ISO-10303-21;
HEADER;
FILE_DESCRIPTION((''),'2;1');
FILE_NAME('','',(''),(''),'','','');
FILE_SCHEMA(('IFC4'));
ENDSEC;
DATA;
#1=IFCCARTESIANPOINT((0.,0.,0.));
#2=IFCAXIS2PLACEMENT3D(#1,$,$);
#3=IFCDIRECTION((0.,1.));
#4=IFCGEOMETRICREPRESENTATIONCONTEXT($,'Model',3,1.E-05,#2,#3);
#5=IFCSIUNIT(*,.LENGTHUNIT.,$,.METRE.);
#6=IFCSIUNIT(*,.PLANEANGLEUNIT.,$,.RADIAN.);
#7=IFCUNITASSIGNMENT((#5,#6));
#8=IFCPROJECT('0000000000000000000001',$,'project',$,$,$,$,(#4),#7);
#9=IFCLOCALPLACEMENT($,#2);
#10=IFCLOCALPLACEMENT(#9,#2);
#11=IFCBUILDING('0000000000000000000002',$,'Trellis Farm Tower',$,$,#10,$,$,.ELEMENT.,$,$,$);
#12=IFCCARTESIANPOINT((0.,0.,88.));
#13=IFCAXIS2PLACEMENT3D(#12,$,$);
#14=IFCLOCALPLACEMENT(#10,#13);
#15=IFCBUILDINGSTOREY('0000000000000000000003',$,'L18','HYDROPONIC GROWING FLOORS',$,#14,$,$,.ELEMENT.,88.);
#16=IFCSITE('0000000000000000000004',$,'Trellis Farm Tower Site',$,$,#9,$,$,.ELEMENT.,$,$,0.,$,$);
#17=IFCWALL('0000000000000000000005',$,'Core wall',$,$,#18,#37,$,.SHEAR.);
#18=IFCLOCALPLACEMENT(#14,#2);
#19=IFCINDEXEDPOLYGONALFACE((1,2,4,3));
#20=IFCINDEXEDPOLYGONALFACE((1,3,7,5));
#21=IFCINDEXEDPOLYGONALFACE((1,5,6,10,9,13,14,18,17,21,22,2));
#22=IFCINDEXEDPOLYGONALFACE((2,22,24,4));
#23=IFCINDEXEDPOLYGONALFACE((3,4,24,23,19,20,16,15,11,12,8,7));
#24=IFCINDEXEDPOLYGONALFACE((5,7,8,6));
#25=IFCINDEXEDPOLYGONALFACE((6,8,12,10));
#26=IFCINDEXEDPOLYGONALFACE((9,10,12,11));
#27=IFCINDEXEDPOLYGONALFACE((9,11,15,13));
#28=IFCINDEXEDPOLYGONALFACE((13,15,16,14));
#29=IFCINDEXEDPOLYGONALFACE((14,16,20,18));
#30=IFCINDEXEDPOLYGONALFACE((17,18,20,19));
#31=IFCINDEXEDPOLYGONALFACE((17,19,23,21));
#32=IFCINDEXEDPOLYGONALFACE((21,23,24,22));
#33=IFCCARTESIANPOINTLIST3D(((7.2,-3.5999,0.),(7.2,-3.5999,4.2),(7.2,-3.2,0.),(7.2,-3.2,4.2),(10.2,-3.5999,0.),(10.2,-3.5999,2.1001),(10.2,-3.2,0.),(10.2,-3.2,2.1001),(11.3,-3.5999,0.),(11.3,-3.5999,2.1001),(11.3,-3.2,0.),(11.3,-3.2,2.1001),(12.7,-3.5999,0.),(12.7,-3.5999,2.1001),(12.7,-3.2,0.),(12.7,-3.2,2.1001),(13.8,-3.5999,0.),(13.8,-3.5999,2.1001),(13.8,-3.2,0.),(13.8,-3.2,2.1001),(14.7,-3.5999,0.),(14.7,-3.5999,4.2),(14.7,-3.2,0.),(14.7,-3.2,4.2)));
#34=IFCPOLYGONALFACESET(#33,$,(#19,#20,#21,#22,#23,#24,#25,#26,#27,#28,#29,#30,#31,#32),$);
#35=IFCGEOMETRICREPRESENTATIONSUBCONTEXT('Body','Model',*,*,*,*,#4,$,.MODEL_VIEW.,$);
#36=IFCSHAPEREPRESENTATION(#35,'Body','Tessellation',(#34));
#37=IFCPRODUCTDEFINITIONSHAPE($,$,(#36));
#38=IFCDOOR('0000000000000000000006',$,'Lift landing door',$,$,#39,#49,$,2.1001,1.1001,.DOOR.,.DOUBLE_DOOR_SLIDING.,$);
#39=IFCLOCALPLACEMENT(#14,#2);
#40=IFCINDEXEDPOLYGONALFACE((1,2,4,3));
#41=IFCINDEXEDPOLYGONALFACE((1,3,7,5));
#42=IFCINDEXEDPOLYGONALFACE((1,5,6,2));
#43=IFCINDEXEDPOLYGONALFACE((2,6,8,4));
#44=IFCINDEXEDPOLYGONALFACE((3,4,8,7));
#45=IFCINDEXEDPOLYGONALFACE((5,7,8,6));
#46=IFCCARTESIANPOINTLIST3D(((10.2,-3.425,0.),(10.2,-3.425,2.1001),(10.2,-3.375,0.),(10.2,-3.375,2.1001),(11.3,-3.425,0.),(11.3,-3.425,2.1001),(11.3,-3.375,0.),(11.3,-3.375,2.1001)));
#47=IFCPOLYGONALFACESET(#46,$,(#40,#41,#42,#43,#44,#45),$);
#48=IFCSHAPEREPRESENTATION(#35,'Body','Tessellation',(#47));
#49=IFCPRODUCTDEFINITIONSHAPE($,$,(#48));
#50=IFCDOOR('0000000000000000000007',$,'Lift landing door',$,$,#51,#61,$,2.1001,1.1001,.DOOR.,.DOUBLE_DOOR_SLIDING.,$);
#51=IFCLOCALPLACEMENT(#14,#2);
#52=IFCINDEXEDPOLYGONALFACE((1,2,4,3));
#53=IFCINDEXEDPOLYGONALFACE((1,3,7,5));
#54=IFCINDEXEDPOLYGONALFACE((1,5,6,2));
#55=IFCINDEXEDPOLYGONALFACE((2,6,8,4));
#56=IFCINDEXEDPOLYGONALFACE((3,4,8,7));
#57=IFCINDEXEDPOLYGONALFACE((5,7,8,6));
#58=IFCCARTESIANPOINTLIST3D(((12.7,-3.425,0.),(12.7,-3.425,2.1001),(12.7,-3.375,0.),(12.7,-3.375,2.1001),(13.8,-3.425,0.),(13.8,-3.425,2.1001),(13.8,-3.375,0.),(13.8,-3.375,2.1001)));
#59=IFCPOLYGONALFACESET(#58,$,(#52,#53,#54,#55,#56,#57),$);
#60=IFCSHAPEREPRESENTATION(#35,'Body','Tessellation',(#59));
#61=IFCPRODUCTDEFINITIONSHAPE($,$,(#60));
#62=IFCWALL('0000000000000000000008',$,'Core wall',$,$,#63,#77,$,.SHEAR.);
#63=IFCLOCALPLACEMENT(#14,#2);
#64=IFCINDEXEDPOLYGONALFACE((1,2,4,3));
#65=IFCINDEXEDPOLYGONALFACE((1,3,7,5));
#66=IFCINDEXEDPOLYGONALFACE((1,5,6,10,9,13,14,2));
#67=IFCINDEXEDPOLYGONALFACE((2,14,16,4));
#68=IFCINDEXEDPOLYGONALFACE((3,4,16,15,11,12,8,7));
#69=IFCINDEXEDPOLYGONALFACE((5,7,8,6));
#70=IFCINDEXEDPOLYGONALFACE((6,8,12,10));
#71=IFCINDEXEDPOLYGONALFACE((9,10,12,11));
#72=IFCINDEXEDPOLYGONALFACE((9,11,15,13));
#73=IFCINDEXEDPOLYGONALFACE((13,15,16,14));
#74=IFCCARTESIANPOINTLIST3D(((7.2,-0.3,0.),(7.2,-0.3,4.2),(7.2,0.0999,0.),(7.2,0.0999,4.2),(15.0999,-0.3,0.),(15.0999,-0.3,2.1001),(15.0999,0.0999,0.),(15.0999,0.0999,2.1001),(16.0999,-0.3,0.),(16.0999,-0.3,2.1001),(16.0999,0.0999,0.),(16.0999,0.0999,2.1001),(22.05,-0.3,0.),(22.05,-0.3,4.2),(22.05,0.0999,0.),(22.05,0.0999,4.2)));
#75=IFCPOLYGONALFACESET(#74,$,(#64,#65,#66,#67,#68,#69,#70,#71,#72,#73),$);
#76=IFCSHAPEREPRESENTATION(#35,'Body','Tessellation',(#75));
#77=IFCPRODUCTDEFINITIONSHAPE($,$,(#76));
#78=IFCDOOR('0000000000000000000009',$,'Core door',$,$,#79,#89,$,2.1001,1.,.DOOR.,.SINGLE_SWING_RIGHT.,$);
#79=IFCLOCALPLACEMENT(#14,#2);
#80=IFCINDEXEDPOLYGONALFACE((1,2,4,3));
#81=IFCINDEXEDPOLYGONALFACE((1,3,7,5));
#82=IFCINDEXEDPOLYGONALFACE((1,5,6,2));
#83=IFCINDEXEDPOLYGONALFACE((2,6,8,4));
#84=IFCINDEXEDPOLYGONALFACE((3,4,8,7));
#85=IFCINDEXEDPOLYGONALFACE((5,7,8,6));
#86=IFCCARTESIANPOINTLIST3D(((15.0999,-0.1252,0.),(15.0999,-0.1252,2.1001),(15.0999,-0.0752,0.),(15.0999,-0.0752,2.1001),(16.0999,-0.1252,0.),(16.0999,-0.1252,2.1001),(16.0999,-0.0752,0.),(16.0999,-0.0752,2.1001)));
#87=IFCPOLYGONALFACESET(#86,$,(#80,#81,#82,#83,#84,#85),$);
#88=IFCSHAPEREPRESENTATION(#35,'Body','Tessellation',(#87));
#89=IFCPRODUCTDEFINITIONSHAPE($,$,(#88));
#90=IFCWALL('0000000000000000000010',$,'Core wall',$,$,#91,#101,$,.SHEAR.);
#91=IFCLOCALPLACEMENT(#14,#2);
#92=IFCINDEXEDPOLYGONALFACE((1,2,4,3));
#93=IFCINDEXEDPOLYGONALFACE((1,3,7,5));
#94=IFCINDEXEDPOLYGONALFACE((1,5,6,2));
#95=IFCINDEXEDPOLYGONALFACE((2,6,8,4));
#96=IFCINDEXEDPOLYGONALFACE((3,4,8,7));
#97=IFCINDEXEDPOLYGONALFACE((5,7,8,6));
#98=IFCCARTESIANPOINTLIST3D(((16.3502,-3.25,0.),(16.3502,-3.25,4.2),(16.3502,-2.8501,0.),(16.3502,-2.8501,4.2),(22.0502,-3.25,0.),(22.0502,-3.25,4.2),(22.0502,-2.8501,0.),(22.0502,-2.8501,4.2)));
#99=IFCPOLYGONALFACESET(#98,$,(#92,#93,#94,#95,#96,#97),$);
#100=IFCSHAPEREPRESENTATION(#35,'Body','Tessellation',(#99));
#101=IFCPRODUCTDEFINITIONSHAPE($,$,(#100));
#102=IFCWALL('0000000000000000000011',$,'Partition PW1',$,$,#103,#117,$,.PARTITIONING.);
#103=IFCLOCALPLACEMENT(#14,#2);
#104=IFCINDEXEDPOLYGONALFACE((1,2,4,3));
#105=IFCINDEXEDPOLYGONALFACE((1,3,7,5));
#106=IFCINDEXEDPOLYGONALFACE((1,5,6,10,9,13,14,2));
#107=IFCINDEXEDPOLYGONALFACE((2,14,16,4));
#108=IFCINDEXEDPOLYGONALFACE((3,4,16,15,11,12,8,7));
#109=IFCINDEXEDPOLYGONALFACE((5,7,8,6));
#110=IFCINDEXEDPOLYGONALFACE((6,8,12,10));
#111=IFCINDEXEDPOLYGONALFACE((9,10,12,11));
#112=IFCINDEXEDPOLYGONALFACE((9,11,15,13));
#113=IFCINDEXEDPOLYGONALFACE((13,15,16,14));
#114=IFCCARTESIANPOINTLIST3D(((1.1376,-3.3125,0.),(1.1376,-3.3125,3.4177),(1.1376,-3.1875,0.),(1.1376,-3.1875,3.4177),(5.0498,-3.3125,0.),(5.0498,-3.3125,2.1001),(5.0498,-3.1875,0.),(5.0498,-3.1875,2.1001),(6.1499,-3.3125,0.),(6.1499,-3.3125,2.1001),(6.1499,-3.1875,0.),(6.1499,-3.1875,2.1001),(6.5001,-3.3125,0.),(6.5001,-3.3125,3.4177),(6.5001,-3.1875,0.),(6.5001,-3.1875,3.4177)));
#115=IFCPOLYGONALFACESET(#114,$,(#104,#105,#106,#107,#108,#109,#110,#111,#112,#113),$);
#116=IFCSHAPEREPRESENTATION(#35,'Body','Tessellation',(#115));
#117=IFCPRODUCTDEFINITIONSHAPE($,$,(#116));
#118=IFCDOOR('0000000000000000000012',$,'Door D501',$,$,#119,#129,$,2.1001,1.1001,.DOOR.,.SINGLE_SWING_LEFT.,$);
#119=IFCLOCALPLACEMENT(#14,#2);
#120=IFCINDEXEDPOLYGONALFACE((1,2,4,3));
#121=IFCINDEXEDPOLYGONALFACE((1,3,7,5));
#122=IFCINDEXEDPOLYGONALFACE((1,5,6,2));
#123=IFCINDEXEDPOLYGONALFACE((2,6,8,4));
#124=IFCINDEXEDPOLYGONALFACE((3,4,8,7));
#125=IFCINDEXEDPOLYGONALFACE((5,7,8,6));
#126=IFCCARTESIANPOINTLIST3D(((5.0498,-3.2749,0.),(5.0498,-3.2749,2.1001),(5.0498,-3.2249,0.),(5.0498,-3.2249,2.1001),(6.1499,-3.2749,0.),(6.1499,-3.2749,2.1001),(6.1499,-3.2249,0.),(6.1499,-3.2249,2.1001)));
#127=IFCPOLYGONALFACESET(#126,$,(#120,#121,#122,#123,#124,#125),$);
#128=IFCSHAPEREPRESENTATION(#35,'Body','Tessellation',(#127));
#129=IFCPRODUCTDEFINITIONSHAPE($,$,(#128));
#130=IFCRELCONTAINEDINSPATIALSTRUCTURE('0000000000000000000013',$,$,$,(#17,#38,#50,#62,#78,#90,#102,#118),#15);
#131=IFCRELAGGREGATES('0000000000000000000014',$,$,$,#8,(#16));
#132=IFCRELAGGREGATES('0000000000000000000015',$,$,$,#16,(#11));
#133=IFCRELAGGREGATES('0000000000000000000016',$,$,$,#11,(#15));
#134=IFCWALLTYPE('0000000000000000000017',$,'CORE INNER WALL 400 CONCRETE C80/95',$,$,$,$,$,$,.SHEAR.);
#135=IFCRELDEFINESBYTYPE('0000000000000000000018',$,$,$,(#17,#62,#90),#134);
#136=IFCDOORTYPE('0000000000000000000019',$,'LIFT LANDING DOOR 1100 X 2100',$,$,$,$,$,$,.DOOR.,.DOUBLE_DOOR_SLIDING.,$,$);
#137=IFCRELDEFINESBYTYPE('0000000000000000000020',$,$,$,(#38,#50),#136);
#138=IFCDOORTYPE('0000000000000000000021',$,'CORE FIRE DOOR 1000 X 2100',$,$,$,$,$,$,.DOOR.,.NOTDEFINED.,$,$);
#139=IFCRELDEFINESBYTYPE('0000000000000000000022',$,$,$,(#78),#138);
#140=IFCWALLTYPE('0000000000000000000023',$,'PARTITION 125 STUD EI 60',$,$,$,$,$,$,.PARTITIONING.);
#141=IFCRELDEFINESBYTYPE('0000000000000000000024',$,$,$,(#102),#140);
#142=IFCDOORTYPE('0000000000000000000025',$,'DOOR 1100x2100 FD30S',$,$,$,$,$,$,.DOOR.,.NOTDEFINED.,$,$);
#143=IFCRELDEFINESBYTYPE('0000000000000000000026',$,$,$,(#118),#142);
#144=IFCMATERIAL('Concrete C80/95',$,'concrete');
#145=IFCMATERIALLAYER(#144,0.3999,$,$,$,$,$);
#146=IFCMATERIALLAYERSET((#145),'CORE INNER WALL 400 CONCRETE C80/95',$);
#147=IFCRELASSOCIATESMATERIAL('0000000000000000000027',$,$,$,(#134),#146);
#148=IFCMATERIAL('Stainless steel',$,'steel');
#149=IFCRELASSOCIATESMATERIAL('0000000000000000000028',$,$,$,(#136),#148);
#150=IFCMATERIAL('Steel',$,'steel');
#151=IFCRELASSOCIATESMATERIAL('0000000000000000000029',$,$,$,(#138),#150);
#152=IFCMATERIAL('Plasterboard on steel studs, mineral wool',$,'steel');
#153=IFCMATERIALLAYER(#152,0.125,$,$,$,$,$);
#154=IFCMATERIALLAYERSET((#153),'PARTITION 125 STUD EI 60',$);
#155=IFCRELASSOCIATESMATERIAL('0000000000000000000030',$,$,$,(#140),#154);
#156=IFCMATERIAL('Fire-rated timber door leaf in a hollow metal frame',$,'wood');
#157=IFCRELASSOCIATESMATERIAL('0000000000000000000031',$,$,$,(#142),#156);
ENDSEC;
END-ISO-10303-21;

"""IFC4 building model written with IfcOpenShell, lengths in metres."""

from ifc_helpers import new_model, si_unit, direction, frame, frame_2d, origin, place, context, subcontext, project, spatial, rectangle, extrude, source, transform, mapped, material, layer, layer_set, type_object, element, fill, save


model = new_model("IFC4")

# Units and contexts
model_context = context("Model", 3, precision=1e-05, world=origin(), true_north=direction((0.0, 1.0)))
body_context = subcontext(model_context, "Body", "Model", "MODEL_VIEW")
ifc_project = project(units=[si_unit("LENGTHUNIT", "METRE"), si_unit("PLANEANGLEUNIT", "RADIAN")], contexts=[model_context])

# Site, building, storey
site_placement = place(None, origin())
site = spatial("IfcSite", under=ifc_project, at=site_placement, Name="Trellis Farm Tower Site", CompositionType="ELEMENT", RefElevation=0.0)
building_placement = place(site_placement, origin())
building = spatial("IfcBuilding", under=site, at=building_placement, Name="Trellis Farm Tower", CompositionType="ELEMENT")
storey_placement = place(building_placement, frame((0.0, 0.0, 88.0)))
storey = spatial("IfcBuildingStorey", under=building, at=storey_placement, Name="L18", Description="HYDROPONIC GROWING FLOORS", CompositionType="ELEMENT", Elevation=88.0)

# Shared definitions
ifc_material_1 = material(Name="Concrete C80/95", Category="concrete")

# Wall, openings, doors
ifc_layer_1 = layer(ifc_material_1, 0.3999)
ifc_layer_set_1 = layer_set([ifc_layer_1], Name="CORE INNER WALL 400 CONCRETE C80/95")
wall_type_1 = type_object("IfcWallType", Name="CORE INNER WALL 400 CONCRETE C80/95", PredefinedType="SHEAR", material=ifc_layer_set_1)
shared_shape_1 = source(origin(), body_context, "Body", "SweptSolid", [
    extrude(rectangle(XDim=7.5, YDim=0.3999, at=frame_2d((3.75, 0.0))), origin(), (0.0, 0.0, 1.0), 4.2),
])
wall_1_placement = place(storey_placement, frame((7.2, -3.3999, 0.0), z_axis=(0.0, 0.0, 1.0), x_axis=(1.0, 0.0, 0.0)))
wall_1 = element("IfcWall", 1, at=wall_1_placement, inside=storey, type_object=wall_type_1, Name="Core wall", PredefinedType="SHEAR", context=body_context, shape_type="MappedRepresentation", body=[
    mapped(shared_shape_1, transform((0.0, 0.0, 0.0))),
])
shared_shape_2 = source(origin(), body_context, "Body", "SweptSolid", [
    extrude(rectangle(XDim=1.1001, YDim=2.1001, at=frame_2d((0.55, 1.05))), frame((0.0, 0.21, 0.0), z_axis=(0.0, -1.0, 0.0), x_axis=(1.0, 0.0, 0.0)), (0.0, 0.0, 1.0), 0.4199),
])
opening_1_placement = place(wall_1_placement, frame((3.0, 0.0, 0.0)))
opening_1 = element("IfcOpeningElement", 2, at=opening_1_placement, cuts=wall_1, PredefinedType="OPENING", context=body_context, shape_type="MappedRepresentation", body=[
    mapped(shared_shape_2, transform((0.0, 0.0, 0.0))),
])
opening_2_placement = place(wall_1_placement, frame((5.5, 0.0, 0.0)))
opening_2 = element("IfcOpeningElement", 3, at=opening_2_placement, cuts=wall_1, PredefinedType="OPENING", context=body_context, shape_type="MappedRepresentation", body=[
    mapped(shared_shape_2, transform((0.0, 0.0, 0.0))),
])
ifc_material_2 = material(Name="Stainless steel", Category="steel")
door_type_1 = type_object("IfcDoorType", Name="LIFT LANDING DOOR 1100 X 2100", OperationType="DOUBLE_DOOR_SLIDING", PredefinedType="DOOR", material=ifc_material_2)
shared_shape_3 = source(origin(), body_context, "Body", "SweptSolid", [
    extrude(rectangle(XDim=1.1001, YDim=2.1001, at=frame_2d((0.55, 1.05))), frame((0.0, 0.0249, 0.0), z_axis=(0.0, -1.0, 0.0), x_axis=(1.0, 0.0, 0.0)), (0.0, 0.0, 1.0), 0.05),
])
door_1_placement = place(opening_1_placement, origin())
door_1 = element("IfcDoor", 4, at=door_1_placement, inside=storey, type_object=door_type_1, Name="Lift landing door", OperationType="DOUBLE_DOOR_SLIDING", OverallHeight=2.1001, OverallWidth=1.1001, PredefinedType="DOOR", context=body_context, shape_type="MappedRepresentation", body=[
    mapped(shared_shape_3, transform((0.0, 0.0, 0.0))),
])
fill(opening_1, door_1)
door_2_placement = place(opening_2_placement, origin())
door_2 = element("IfcDoor", 5, at=door_2_placement, inside=storey, type_object=door_type_1, Name="Lift landing door", OperationType="DOUBLE_DOOR_SLIDING", OverallHeight=2.1001, OverallWidth=1.1001, PredefinedType="DOOR", context=body_context, shape_type="MappedRepresentation", body=[
    mapped(shared_shape_3, transform((0.0, 0.0, 0.0))),
])
fill(opening_2, door_2)

# Wall, opening, door
shared_shape_4 = source(origin(), body_context, "Body", "SweptSolid", [
    extrude(rectangle(XDim=14.8501, YDim=0.3999, at=frame_2d((7.425, 0.0))), origin(), (0.0, 0.0, 1.0), 4.2),
])
wall_2_placement = place(storey_placement, frame((7.2, -0.1001, 0.0), z_axis=(0.0, 0.0, 1.0), x_axis=(1.0, 0.0, 0.0)))
wall_2 = element("IfcWall", 6, at=wall_2_placement, inside=storey, type_object=wall_type_1, Name="Core wall", PredefinedType="SHEAR", context=body_context, shape_type="MappedRepresentation", body=[
    mapped(shared_shape_4, transform((0.0, 0.0, 0.0))),
])
shared_shape_5 = source(origin(), body_context, "Body", "SweptSolid", [
    extrude(rectangle(XDim=1.0, YDim=2.1001, at=frame_2d((0.5, 1.05))), frame((0.0, 0.21, 0.0), z_axis=(0.0, -1.0, 0.0), x_axis=(1.0, 0.0, 0.0)), (0.0, 0.0, 1.0), 0.4199),
])
opening_3_placement = place(wall_2_placement, frame((7.8999, 0.0, 0.0)))
opening_3 = element("IfcOpeningElement", 7, at=opening_3_placement, cuts=wall_2, PredefinedType="OPENING", context=body_context, shape_type="MappedRepresentation", body=[
    mapped(shared_shape_5, transform((0.0, 0.0, 0.0))),
])
ifc_material_3 = material(Name="Steel", Category="steel")
door_type_2 = type_object("IfcDoorType", Name="CORE FIRE DOOR 1000 X 2100", OperationType="NOTDEFINED", PredefinedType="DOOR", material=ifc_material_3)
shared_shape_6 = source(origin(), body_context, "Body", "SweptSolid", [
    extrude(rectangle(XDim=1.0, YDim=2.1001, at=frame_2d((0.5, 1.05))), frame((0.0, 0.0249, 0.0), z_axis=(0.0, -1.0, 0.0), x_axis=(1.0, 0.0, 0.0)), (0.0, 0.0, 1.0), 0.05),
])
door_3_placement = place(opening_3_placement, origin())
door_3 = element("IfcDoor", 8, at=door_3_placement, inside=storey, type_object=door_type_2, Name="Core door", OperationType="SINGLE_SWING_RIGHT", OverallHeight=2.1001, OverallWidth=1.0, PredefinedType="DOOR", context=body_context, shape_type="MappedRepresentation", body=[
    mapped(shared_shape_6, transform((0.0, 0.0, 0.0))),
])
fill(opening_3, door_3)

# Wall
shared_shape_7 = source(origin(), body_context, "Body", "SweptSolid", [
    extrude(rectangle(XDim=5.7, YDim=0.3999, at=frame_2d((2.8501, 0.0))), origin(), (0.0, 0.0, 1.0), 4.2),
])
wall_3_placement = place(storey_placement, frame((16.3501, -3.05, 0.0), z_axis=(0.0, 0.0, 1.0), x_axis=(1.0, 0.0, 0.0)))
element("IfcWall", 9, at=wall_3_placement, inside=storey, type_object=wall_type_1, Name="Core wall", PredefinedType="SHEAR", context=body_context, shape_type="MappedRepresentation", body=[
    mapped(shared_shape_7, transform((0.0, 0.0, 0.0))),
])

# Wall, opening, door
ifc_material_4 = material(Name="Plasterboard on steel studs, mineral wool", Category="steel")
ifc_layer_2 = layer(ifc_material_4, 0.125)
ifc_layer_set_2 = layer_set([ifc_layer_2], Name="PARTITION 125 STUD EI 60")
wall_type_2 = type_object("IfcWallType", Name="PARTITION 125 STUD EI 60", PredefinedType="PARTITIONING", material=ifc_layer_set_2)
shared_shape_8 = source(origin(), body_context, "Body", "SweptSolid", [
    extrude(rectangle(XDim=5.3625, YDim=0.125, at=frame_2d((2.6812, 0.0))), origin(), (0.0, 0.0, 1.0), 3.4177),
])
wall_4_placement = place(storey_placement, frame((6.5, -3.25, 0.0), z_axis=(0.0, 0.0, 1.0), x_axis=(-1.0, 0.0, 0.0)))
wall_4 = element("IfcWall", 10, at=wall_4_placement, inside=storey, type_object=wall_type_2, Name="Partition PW1", PredefinedType="PARTITIONING", context=body_context, shape_type="MappedRepresentation", body=[
    mapped(shared_shape_8, transform((0.0, 0.0, 0.0))),
])
shared_shape_9 = source(origin(), body_context, "Body", "SweptSolid", [
    extrude(rectangle(XDim=1.1001, YDim=2.1001, at=frame_2d((0.55, 1.05))), frame((0.0, 0.0725, 0.0), z_axis=(0.0, -1.0, 0.0), x_axis=(1.0, 0.0, 0.0)), (0.0, 0.0, 1.0), 0.145),
])
opening_4_placement = place(wall_4_placement, frame((0.3501, 0.0, 0.0)))
opening_4 = element("IfcOpeningElement", 11, at=opening_4_placement, cuts=wall_4, PredefinedType="OPENING", context=body_context, shape_type="MappedRepresentation", body=[
    mapped(shared_shape_9, transform((0.0, 0.0, 0.0))),
])
ifc_material_5 = material(Name="Fire-rated timber door leaf in a hollow metal frame", Category="wood")
door_type_3 = type_object("IfcDoorType", Name="DOOR 1100x2100 FD30S", OperationType="NOTDEFINED", PredefinedType="DOOR", material=ifc_material_5)
door_4_placement = place(opening_4_placement, origin())
door_4 = element("IfcDoor", 12, at=door_4_placement, inside=storey, type_object=door_type_3, Name="Door D501", OperationType="SINGLE_SWING_LEFT", OverallHeight=2.1001, OverallWidth=1.1001, PredefinedType="DOOR", context=body_context, shape_type="MappedRepresentation", body=[
    mapped(shared_shape_3, transform((0.0, 0.0, 0.0))),
])
fill(opening_4, door_4)

save(model, "model.ifc")
